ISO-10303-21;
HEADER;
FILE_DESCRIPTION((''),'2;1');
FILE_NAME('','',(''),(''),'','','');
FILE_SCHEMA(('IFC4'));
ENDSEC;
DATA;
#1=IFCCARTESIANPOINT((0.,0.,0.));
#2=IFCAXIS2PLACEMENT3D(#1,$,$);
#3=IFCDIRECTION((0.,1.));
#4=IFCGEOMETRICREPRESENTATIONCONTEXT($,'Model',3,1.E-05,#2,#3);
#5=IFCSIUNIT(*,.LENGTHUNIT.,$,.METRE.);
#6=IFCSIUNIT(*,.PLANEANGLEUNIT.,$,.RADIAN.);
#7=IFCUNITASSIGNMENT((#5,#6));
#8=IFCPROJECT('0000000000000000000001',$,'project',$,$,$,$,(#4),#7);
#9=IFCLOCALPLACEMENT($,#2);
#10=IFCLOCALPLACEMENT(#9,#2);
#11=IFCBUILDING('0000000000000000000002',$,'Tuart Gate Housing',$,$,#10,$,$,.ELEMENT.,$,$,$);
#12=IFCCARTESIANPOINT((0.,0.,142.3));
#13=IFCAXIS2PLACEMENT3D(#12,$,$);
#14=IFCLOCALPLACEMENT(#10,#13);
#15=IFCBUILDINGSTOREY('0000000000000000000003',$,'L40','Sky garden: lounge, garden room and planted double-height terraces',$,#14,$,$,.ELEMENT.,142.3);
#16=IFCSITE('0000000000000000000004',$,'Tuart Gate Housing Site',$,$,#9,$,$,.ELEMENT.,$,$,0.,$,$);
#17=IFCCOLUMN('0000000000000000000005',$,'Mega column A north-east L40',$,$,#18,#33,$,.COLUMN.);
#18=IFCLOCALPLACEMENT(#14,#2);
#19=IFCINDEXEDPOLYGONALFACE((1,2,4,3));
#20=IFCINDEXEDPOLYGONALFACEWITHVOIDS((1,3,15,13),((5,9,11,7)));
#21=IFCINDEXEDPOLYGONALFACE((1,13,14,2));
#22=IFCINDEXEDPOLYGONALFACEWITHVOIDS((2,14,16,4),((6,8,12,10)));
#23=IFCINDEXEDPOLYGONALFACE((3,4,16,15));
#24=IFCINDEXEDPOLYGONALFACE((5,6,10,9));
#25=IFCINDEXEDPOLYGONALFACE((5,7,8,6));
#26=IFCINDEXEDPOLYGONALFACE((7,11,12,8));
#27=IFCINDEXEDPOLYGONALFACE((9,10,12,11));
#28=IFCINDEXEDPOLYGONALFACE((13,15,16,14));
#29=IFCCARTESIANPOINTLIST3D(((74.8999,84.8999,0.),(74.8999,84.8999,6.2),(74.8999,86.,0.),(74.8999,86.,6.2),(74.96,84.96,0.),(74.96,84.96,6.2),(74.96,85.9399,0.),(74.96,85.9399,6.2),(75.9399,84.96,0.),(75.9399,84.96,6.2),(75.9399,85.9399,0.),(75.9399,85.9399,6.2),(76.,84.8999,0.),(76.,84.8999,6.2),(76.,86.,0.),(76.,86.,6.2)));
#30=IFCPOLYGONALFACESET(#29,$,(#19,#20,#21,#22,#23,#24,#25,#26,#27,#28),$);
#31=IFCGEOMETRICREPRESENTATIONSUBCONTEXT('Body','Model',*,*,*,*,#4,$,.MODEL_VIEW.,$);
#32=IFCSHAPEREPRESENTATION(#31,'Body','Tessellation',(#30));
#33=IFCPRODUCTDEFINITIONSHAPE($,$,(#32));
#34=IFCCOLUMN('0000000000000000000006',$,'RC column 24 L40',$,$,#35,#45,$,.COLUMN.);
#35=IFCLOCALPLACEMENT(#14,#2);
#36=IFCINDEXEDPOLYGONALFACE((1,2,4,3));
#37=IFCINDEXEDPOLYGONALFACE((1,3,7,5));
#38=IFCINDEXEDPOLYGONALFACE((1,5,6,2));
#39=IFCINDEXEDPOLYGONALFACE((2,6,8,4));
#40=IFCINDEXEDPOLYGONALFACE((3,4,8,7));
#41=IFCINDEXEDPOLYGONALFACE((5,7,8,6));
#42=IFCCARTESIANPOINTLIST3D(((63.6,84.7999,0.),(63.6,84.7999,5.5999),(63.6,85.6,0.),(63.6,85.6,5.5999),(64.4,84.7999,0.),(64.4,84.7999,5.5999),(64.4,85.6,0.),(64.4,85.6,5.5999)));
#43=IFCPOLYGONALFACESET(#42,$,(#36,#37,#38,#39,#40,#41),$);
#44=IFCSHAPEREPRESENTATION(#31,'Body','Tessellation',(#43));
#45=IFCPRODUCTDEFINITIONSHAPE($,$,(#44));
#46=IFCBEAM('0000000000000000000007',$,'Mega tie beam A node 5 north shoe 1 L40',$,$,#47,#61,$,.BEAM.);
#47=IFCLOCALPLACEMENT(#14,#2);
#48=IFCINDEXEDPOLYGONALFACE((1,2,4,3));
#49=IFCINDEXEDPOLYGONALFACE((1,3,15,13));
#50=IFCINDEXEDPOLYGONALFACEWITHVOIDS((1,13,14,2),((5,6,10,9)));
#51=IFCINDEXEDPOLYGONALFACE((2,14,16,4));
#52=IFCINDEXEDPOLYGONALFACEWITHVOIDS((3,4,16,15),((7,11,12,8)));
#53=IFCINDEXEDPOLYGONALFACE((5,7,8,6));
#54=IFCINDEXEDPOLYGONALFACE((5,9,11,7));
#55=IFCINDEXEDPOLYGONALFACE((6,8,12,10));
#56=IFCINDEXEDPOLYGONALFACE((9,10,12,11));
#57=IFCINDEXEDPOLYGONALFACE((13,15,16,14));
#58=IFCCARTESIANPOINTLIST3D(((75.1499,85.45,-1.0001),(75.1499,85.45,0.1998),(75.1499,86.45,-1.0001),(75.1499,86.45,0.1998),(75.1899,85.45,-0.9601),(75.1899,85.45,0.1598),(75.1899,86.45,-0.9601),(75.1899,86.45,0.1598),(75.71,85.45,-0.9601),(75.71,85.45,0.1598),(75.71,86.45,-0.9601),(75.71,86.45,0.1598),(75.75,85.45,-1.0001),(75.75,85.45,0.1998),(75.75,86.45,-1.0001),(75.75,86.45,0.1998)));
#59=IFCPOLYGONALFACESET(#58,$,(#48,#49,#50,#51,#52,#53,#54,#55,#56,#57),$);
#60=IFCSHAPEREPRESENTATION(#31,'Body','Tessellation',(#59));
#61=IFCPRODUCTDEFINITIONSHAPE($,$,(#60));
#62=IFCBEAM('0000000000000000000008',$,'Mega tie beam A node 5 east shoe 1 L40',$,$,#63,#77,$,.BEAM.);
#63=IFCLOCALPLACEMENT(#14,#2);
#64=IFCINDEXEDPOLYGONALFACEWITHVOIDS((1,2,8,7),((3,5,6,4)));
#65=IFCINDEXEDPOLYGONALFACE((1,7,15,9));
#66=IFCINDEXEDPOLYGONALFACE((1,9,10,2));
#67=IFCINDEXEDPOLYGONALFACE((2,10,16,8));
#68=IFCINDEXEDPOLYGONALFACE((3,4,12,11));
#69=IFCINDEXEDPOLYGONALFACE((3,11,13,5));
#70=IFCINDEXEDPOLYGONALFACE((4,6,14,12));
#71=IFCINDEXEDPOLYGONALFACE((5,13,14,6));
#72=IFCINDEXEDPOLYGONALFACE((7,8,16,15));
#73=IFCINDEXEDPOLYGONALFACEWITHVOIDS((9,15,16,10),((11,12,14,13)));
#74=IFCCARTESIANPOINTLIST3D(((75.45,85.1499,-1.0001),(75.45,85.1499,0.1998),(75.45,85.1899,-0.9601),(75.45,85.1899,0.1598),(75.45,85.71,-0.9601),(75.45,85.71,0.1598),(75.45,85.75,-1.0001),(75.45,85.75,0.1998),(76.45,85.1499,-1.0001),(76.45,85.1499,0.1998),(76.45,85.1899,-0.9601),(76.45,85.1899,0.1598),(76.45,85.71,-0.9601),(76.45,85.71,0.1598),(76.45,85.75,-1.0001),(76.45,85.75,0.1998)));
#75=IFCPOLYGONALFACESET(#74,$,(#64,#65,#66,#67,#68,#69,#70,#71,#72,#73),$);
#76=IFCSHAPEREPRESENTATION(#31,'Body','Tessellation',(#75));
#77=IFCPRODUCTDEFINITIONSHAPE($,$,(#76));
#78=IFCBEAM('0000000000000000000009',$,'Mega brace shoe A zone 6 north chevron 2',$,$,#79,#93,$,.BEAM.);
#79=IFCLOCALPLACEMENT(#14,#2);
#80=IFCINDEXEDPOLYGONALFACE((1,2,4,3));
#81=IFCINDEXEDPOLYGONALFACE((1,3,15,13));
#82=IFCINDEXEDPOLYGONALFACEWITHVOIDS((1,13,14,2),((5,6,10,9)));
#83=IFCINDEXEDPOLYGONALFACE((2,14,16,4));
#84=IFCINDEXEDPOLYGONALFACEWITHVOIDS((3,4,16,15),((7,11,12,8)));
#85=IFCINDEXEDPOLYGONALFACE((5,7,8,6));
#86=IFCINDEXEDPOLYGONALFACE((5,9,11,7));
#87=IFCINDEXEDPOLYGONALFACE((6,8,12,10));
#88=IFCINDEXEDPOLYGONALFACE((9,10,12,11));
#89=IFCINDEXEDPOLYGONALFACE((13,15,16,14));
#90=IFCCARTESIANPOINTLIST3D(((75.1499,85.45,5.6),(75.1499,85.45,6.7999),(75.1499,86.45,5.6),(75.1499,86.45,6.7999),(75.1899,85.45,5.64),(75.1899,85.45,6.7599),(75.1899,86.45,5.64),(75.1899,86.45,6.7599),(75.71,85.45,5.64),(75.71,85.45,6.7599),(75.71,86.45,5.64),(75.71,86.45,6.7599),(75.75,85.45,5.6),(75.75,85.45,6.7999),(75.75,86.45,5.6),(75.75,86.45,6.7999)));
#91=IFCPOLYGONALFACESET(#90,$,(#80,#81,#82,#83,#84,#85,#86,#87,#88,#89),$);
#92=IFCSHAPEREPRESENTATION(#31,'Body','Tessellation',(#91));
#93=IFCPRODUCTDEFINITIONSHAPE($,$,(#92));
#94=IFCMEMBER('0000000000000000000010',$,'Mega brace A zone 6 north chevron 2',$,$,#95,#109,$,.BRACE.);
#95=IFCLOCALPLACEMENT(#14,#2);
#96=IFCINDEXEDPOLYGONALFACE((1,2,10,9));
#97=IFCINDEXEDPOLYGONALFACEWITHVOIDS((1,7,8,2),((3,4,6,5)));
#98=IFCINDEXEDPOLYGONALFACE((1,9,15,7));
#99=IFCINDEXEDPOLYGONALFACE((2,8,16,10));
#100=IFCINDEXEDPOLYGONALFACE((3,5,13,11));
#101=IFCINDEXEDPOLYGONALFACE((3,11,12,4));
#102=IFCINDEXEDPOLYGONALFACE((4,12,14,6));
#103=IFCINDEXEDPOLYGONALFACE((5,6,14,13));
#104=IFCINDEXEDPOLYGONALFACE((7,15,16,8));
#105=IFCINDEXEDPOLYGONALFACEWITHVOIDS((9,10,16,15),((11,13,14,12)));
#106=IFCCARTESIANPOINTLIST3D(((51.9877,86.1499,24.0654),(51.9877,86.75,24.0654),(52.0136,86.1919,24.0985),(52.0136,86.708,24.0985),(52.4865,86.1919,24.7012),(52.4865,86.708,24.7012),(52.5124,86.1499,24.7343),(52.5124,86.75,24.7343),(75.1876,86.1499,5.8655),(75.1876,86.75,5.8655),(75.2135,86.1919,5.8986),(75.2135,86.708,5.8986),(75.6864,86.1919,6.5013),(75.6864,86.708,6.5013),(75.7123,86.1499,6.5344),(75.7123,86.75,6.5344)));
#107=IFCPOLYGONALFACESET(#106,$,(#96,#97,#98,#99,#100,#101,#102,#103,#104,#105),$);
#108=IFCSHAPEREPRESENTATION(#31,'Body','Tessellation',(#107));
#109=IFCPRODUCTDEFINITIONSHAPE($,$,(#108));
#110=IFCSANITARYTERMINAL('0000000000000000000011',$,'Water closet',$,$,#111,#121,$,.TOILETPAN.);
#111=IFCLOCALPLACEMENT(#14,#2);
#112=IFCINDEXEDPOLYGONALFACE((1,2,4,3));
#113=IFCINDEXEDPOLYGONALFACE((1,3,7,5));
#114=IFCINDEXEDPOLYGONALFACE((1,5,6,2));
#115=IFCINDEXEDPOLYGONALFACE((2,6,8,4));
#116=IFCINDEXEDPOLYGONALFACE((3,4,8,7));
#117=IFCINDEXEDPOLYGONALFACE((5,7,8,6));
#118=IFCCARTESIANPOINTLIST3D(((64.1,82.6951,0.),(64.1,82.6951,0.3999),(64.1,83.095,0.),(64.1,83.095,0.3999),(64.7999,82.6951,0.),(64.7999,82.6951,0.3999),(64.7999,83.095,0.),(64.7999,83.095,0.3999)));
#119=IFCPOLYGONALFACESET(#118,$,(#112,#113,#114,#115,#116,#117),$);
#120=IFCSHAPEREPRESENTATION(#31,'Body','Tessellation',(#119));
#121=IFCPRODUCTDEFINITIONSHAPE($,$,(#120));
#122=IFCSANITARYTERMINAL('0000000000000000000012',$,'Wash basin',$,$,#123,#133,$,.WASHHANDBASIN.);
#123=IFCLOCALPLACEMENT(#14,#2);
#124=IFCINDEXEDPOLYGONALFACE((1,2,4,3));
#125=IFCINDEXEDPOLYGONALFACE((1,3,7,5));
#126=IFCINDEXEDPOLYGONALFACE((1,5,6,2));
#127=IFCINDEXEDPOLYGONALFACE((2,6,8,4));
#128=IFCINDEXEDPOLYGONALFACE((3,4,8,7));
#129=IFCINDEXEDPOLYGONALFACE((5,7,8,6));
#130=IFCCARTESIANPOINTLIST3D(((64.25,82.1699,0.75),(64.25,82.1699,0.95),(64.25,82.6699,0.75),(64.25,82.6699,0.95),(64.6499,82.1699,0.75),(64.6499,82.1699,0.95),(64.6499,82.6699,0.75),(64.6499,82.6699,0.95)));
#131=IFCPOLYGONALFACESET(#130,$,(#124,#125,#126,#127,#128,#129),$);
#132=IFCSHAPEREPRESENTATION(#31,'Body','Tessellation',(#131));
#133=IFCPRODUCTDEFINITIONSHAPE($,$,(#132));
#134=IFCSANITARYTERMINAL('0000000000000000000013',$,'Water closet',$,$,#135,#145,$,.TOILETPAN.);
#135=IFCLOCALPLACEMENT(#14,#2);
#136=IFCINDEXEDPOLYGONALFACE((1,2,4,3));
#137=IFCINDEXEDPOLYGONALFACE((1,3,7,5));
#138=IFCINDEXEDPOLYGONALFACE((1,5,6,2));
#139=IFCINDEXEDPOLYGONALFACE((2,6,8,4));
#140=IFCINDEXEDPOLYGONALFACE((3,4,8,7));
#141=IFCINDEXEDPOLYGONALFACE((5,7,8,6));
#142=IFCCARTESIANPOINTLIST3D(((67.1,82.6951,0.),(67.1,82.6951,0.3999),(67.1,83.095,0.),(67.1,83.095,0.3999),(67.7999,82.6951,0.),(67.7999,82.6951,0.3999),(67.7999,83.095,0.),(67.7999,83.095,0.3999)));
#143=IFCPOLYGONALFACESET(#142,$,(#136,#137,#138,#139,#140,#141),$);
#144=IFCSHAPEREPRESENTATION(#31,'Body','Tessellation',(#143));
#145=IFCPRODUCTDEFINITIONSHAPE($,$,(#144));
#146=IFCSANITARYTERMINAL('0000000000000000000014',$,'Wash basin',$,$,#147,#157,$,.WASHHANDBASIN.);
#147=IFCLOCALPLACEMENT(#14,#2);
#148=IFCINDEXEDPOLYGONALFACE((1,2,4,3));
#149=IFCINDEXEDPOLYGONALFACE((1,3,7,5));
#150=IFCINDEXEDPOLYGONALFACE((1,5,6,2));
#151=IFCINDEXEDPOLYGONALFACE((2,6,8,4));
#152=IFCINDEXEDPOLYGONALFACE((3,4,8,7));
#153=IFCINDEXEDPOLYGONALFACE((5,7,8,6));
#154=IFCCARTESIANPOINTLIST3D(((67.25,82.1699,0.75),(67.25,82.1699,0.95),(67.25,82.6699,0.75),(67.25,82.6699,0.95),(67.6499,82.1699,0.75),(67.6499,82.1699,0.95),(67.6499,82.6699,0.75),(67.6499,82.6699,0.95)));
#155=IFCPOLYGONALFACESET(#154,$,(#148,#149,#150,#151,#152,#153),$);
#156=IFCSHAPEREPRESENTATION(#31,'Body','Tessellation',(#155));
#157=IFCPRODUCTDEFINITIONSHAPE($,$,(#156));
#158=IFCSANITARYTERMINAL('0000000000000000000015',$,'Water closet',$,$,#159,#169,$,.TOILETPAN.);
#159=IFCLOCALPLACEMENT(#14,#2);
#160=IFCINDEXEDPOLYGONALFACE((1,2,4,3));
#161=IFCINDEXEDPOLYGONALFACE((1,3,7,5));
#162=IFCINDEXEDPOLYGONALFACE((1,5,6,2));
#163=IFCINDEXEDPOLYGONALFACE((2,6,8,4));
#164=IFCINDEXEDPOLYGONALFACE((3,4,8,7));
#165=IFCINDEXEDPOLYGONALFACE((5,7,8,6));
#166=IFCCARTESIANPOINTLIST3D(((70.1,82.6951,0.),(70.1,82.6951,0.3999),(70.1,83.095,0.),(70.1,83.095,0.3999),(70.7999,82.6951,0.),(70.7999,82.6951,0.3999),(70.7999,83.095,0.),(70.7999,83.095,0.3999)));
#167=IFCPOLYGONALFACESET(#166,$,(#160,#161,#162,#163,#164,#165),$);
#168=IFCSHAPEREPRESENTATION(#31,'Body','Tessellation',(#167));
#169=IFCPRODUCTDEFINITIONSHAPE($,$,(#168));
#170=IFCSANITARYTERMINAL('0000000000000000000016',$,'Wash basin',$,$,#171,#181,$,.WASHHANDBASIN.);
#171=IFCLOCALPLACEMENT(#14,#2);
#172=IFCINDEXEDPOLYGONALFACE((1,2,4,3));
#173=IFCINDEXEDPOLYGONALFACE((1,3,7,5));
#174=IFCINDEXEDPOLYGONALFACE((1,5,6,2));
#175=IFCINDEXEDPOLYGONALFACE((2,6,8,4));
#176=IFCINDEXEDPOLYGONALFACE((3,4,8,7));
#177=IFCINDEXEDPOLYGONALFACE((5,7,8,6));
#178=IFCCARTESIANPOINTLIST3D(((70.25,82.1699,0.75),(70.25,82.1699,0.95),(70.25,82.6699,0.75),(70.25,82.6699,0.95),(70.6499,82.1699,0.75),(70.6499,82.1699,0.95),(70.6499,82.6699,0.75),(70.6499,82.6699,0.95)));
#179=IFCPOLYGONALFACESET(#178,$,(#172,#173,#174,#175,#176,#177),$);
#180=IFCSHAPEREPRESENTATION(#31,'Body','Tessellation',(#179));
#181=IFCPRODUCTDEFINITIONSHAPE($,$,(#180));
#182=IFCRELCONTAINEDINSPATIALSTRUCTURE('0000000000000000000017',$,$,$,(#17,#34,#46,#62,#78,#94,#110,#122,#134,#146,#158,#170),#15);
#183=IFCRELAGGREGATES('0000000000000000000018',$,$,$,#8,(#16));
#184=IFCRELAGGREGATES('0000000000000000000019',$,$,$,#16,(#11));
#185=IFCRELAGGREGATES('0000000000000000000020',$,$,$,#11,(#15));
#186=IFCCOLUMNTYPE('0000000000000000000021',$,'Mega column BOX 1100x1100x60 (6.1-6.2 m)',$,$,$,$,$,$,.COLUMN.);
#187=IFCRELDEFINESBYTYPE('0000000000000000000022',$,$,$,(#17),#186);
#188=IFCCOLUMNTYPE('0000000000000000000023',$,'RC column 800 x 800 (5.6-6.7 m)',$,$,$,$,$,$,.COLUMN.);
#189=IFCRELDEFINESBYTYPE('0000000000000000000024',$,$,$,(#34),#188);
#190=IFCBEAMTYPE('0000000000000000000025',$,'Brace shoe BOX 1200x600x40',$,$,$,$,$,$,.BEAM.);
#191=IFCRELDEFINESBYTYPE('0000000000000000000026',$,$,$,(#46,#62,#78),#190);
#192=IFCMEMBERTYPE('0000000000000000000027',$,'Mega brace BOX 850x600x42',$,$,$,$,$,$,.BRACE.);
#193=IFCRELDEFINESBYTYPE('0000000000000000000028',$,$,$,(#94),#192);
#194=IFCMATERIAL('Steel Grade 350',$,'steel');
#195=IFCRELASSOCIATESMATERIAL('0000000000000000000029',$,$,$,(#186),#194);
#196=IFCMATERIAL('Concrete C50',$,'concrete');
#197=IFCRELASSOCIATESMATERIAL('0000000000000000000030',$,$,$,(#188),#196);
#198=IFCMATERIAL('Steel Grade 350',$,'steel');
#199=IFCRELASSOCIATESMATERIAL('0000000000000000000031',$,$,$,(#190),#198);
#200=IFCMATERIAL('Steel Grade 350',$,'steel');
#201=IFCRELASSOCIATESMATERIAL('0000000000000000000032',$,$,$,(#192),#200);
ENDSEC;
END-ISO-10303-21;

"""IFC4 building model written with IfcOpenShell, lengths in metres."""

from ifc_helpers import new_model, si_unit, direction, frame, origin, origin_2d, place, context, subcontext, project, spatial, rectangle, hollow_rectangle, extrude, material, material_profile, profile_set, type_object, element, save


model = new_model("IFC4")

# Units and contexts
model_context = context("Model", 3, precision=1e-05, world=origin(), true_north=direction((0.0, 1.0)))
body_context = subcontext(model_context, "Body", "Model", "MODEL_VIEW")
ifc_project = project(units=[si_unit("LENGTHUNIT", "METRE"), si_unit("PLANEANGLEUNIT", "RADIAN")], contexts=[model_context])

# Site, building, storey
site_placement = place(None, origin())
site = spatial("IfcSite", under=ifc_project, at=site_placement, Name="Tuart Gate Housing Site", CompositionType="ELEMENT", RefElevation=0.0)
building_placement = place(site_placement, origin())
building = spatial("IfcBuilding", under=site, at=building_placement, Name="Tuart Gate Housing", CompositionType="ELEMENT")
storey_placement = place(building_placement, frame((0.0, 0.0, 142.3)))
storey = spatial("IfcBuildingStorey", under=building, at=storey_placement, Name="L40", Description="Sky garden: lounge, garden room and planted double-height terraces", CompositionType="ELEMENT", Elevation=142.3)

# Columns
ifc_material_1 = material(Name="Steel Grade 350", Category="steel")
ifc_material_profile_1 = material_profile(ifc_material_1, hollow_rectangle(XDim=1.1001, YDim=1.1001, WallThickness=0.0601, at=origin_2d()), Name="BOX 1100x1100x60")
ifc_profile_set_1 = profile_set([ifc_material_profile_1], Name="Steel Grade 350")
column_type_1 = type_object("IfcColumnType", Name="Mega column BOX 1100x1100x60 (6.1-6.2 m)", PredefinedType="COLUMN", material=ifc_profile_set_1)
column_1_placement = place(storey_placement, frame((75.45, 85.45, 0.0), z_axis=(0.0, 0.0, 1.0), x_axis=(1.0, 0.0, 0.0)))
element("IfcColumn", 1, at=column_1_placement, inside=storey, type_object=column_type_1, Name="Mega column A north-east L40", PredefinedType="COLUMN", context=body_context, shape_type="SweptSolid", body=[
    extrude(hollow_rectangle(XDim=1.1001, YDim=1.1001, WallThickness=0.0601, at=origin_2d()), origin(), (0.0, 0.0, 1.0), 6.2),
])
ifc_material_2 = material(Name="Concrete C50", Category="concrete")
ifc_material_profile_2 = material_profile(ifc_material_2, rectangle(XDim=0.8, YDim=0.8, at=origin_2d()), Name="RC column 800 x 800 (5.6-6.7 m)")
ifc_profile_set_2 = profile_set([ifc_material_profile_2], Name="Concrete C50")
column_type_2 = type_object("IfcColumnType", Name="RC column 800 x 800 (5.6-6.7 m)", PredefinedType="COLUMN", material=ifc_profile_set_2)
column_2_placement = place(storey_placement, frame((64.0, 85.2, 0.0), z_axis=(0.0, 0.0, 1.0), x_axis=(1.0, 0.0, 0.0)))
element("IfcColumn", 2, at=column_2_placement, inside=storey, type_object=column_type_2, Name="RC column 24 L40", PredefinedType="COLUMN", context=body_context, shape_type="SweptSolid", body=[
    extrude(rectangle(XDim=0.8, YDim=0.8, at=origin_2d()), origin(), (0.0, 0.0, 1.0), 5.5999),
])

# Beams
ifc_material_3 = material(Name="Steel Grade 350", Category="steel")
ifc_material_profile_3 = material_profile(ifc_material_3, hollow_rectangle(XDim=0.6001, YDim=1.2, WallThickness=0.04, at=origin_2d()), Name="BOX 1200x600x40")
ifc_profile_set_3 = profile_set([ifc_material_profile_3], Name="Steel Grade 350")
beam_type = type_object("IfcBeamType", Name="Brace shoe BOX 1200x600x40", PredefinedType="BEAM", material=ifc_profile_set_3)
for number, where, z_axis, x_axis, name in (
    (3, (75.45, 85.45, -0.4001), (0.0, 1.0, 0.0), (-1.0, 0.0, 0.0), "Mega tie beam A node 5 north shoe 1 L40"),
    (4, (75.45, 85.45, -0.4001), (1.0, 0.0, 0.0), (0.0, 1.0, 0.0), "Mega tie beam A node 5 east shoe 1 L40"),
    (5, (75.45, 85.45, 6.2), (0.0, 1.0, 0.0), (-1.0, 0.0, 0.0), "Mega brace shoe A zone 6 north chevron 2"),
):
    element("IfcBeam", number, at=place(storey_placement, frame(where, z_axis=z_axis, x_axis=x_axis)), inside=storey, type_object=beam_type, Name=name, PredefinedType="BEAM", context=body_context, shape_type="SweptSolid", body=[
        extrude(hollow_rectangle(XDim=0.6001, YDim=1.2, WallThickness=0.04, at=origin_2d()), origin(), (0.0, 0.0, 1.0), 1.0),
    ])

# Member
ifc_material_4 = material(Name="Steel Grade 350", Category="steel")
ifc_material_profile_4 = material_profile(ifc_material_4, hollow_rectangle(XDim=0.6001, YDim=0.8501, WallThickness=0.042, at=origin_2d()), Name="BOX 850x600x42")
ifc_profile_set_4 = profile_set([ifc_material_profile_4], Name="Steel Grade 350")
member_type = type_object("IfcMemberType", Name="Mega brace BOX 850x600x42", PredefinedType="BRACE", material=ifc_profile_set_4)
member_placement = place(storey_placement, frame((75.45, 86.45, 6.2), z_axis=(-0.786789, 0.0, 0.617222), x_axis=(0.0, -1.0, 0.0)))
element("IfcMember", 6, at=member_placement, inside=storey, type_object=member_type, Name="Mega brace A zone 6 north chevron 2", PredefinedType="BRACE", context=body_context, shape_type="SweptSolid", body=[
    extrude(hollow_rectangle(XDim=0.6001, YDim=0.8501, WallThickness=0.042, at=origin_2d()), origin(), (0.0, 0.0, 1.0), 29.4868),
])

# Sanitary terminals
sanitary_terminal_1_placement = place(storey_placement, frame((64.45, 82.895, 0.0), z_axis=(0.0, 0.0, 1.0), x_axis=(1.0, 0.0, 0.0)))
element("IfcSanitaryTerminal", 7, at=sanitary_terminal_1_placement, inside=storey, Name="Water closet", PredefinedType="TOILETPAN", context=body_context, shape_type="SweptSolid", body=[
    extrude(rectangle(XDim=0.7, YDim=0.3999, at=origin_2d()), origin(), (0.0, 0.0, 1.0), 0.3999),
])
sanitary_terminal_2_placement = place(storey_placement, frame((64.45, 82.4199, 0.75), z_axis=(0.0, 0.0, 1.0), x_axis=(1.0, 0.0, 0.0)))
element("IfcSanitaryTerminal", 8, at=sanitary_terminal_2_placement, inside=storey, Name="Wash basin", PredefinedType="WASHHANDBASIN", context=body_context, shape_type="SweptSolid", body=[
    extrude(rectangle(XDim=0.3999, YDim=0.5, at=origin_2d()), origin(), (0.0, 0.0, 1.0), 0.2),
])
sanitary_terminal_3_placement = place(storey_placement, frame((67.45, 82.895, 0.0), z_axis=(0.0, 0.0, 1.0), x_axis=(1.0, 0.0, 0.0)))
element("IfcSanitaryTerminal", 9, at=sanitary_terminal_3_placement, inside=storey, Name="Water closet", PredefinedType="TOILETPAN", context=body_context, shape_type="SweptSolid", body=[
    extrude(rectangle(XDim=0.7, YDim=0.3999, at=origin_2d()), origin(), (0.0, 0.0, 1.0), 0.3999),
])
sanitary_terminal_4_placement = place(storey_placement, frame((67.45, 82.4199, 0.75), z_axis=(0.0, 0.0, 1.0), x_axis=(1.0, 0.0, 0.0)))
element("IfcSanitaryTerminal", 10, at=sanitary_terminal_4_placement, inside=storey, Name="Wash basin", PredefinedType="WASHHANDBASIN", context=body_context, shape_type="SweptSolid", body=[
    extrude(rectangle(XDim=0.3999, YDim=0.5, at=origin_2d()), origin(), (0.0, 0.0, 1.0), 0.2),
])
sanitary_terminal_5_placement = place(storey_placement, frame((70.45, 82.895, 0.0), z_axis=(0.0, 0.0, 1.0), x_axis=(1.0, 0.0, 0.0)))
element("IfcSanitaryTerminal", 11, at=sanitary_terminal_5_placement, inside=storey, Name="Water closet", PredefinedType="TOILETPAN", context=body_context, shape_type="SweptSolid", body=[
    extrude(rectangle(XDim=0.7, YDim=0.3999, at=origin_2d()), origin(), (0.0, 0.0, 1.0), 0.3999),
])
sanitary_terminal_6_placement = place(storey_placement, frame((70.45, 82.4199, 0.75), z_axis=(0.0, 0.0, 1.0), x_axis=(1.0, 0.0, 0.0)))
element("IfcSanitaryTerminal", 12, at=sanitary_terminal_6_placement, inside=storey, Name="Wash basin", PredefinedType="WASHHANDBASIN", context=body_context, shape_type="SweptSolid", body=[
    extrude(rectangle(XDim=0.3999, YDim=0.5, at=origin_2d()), origin(), (0.0, 0.0, 1.0), 0.2),
])

save(model, "model.ifc")
